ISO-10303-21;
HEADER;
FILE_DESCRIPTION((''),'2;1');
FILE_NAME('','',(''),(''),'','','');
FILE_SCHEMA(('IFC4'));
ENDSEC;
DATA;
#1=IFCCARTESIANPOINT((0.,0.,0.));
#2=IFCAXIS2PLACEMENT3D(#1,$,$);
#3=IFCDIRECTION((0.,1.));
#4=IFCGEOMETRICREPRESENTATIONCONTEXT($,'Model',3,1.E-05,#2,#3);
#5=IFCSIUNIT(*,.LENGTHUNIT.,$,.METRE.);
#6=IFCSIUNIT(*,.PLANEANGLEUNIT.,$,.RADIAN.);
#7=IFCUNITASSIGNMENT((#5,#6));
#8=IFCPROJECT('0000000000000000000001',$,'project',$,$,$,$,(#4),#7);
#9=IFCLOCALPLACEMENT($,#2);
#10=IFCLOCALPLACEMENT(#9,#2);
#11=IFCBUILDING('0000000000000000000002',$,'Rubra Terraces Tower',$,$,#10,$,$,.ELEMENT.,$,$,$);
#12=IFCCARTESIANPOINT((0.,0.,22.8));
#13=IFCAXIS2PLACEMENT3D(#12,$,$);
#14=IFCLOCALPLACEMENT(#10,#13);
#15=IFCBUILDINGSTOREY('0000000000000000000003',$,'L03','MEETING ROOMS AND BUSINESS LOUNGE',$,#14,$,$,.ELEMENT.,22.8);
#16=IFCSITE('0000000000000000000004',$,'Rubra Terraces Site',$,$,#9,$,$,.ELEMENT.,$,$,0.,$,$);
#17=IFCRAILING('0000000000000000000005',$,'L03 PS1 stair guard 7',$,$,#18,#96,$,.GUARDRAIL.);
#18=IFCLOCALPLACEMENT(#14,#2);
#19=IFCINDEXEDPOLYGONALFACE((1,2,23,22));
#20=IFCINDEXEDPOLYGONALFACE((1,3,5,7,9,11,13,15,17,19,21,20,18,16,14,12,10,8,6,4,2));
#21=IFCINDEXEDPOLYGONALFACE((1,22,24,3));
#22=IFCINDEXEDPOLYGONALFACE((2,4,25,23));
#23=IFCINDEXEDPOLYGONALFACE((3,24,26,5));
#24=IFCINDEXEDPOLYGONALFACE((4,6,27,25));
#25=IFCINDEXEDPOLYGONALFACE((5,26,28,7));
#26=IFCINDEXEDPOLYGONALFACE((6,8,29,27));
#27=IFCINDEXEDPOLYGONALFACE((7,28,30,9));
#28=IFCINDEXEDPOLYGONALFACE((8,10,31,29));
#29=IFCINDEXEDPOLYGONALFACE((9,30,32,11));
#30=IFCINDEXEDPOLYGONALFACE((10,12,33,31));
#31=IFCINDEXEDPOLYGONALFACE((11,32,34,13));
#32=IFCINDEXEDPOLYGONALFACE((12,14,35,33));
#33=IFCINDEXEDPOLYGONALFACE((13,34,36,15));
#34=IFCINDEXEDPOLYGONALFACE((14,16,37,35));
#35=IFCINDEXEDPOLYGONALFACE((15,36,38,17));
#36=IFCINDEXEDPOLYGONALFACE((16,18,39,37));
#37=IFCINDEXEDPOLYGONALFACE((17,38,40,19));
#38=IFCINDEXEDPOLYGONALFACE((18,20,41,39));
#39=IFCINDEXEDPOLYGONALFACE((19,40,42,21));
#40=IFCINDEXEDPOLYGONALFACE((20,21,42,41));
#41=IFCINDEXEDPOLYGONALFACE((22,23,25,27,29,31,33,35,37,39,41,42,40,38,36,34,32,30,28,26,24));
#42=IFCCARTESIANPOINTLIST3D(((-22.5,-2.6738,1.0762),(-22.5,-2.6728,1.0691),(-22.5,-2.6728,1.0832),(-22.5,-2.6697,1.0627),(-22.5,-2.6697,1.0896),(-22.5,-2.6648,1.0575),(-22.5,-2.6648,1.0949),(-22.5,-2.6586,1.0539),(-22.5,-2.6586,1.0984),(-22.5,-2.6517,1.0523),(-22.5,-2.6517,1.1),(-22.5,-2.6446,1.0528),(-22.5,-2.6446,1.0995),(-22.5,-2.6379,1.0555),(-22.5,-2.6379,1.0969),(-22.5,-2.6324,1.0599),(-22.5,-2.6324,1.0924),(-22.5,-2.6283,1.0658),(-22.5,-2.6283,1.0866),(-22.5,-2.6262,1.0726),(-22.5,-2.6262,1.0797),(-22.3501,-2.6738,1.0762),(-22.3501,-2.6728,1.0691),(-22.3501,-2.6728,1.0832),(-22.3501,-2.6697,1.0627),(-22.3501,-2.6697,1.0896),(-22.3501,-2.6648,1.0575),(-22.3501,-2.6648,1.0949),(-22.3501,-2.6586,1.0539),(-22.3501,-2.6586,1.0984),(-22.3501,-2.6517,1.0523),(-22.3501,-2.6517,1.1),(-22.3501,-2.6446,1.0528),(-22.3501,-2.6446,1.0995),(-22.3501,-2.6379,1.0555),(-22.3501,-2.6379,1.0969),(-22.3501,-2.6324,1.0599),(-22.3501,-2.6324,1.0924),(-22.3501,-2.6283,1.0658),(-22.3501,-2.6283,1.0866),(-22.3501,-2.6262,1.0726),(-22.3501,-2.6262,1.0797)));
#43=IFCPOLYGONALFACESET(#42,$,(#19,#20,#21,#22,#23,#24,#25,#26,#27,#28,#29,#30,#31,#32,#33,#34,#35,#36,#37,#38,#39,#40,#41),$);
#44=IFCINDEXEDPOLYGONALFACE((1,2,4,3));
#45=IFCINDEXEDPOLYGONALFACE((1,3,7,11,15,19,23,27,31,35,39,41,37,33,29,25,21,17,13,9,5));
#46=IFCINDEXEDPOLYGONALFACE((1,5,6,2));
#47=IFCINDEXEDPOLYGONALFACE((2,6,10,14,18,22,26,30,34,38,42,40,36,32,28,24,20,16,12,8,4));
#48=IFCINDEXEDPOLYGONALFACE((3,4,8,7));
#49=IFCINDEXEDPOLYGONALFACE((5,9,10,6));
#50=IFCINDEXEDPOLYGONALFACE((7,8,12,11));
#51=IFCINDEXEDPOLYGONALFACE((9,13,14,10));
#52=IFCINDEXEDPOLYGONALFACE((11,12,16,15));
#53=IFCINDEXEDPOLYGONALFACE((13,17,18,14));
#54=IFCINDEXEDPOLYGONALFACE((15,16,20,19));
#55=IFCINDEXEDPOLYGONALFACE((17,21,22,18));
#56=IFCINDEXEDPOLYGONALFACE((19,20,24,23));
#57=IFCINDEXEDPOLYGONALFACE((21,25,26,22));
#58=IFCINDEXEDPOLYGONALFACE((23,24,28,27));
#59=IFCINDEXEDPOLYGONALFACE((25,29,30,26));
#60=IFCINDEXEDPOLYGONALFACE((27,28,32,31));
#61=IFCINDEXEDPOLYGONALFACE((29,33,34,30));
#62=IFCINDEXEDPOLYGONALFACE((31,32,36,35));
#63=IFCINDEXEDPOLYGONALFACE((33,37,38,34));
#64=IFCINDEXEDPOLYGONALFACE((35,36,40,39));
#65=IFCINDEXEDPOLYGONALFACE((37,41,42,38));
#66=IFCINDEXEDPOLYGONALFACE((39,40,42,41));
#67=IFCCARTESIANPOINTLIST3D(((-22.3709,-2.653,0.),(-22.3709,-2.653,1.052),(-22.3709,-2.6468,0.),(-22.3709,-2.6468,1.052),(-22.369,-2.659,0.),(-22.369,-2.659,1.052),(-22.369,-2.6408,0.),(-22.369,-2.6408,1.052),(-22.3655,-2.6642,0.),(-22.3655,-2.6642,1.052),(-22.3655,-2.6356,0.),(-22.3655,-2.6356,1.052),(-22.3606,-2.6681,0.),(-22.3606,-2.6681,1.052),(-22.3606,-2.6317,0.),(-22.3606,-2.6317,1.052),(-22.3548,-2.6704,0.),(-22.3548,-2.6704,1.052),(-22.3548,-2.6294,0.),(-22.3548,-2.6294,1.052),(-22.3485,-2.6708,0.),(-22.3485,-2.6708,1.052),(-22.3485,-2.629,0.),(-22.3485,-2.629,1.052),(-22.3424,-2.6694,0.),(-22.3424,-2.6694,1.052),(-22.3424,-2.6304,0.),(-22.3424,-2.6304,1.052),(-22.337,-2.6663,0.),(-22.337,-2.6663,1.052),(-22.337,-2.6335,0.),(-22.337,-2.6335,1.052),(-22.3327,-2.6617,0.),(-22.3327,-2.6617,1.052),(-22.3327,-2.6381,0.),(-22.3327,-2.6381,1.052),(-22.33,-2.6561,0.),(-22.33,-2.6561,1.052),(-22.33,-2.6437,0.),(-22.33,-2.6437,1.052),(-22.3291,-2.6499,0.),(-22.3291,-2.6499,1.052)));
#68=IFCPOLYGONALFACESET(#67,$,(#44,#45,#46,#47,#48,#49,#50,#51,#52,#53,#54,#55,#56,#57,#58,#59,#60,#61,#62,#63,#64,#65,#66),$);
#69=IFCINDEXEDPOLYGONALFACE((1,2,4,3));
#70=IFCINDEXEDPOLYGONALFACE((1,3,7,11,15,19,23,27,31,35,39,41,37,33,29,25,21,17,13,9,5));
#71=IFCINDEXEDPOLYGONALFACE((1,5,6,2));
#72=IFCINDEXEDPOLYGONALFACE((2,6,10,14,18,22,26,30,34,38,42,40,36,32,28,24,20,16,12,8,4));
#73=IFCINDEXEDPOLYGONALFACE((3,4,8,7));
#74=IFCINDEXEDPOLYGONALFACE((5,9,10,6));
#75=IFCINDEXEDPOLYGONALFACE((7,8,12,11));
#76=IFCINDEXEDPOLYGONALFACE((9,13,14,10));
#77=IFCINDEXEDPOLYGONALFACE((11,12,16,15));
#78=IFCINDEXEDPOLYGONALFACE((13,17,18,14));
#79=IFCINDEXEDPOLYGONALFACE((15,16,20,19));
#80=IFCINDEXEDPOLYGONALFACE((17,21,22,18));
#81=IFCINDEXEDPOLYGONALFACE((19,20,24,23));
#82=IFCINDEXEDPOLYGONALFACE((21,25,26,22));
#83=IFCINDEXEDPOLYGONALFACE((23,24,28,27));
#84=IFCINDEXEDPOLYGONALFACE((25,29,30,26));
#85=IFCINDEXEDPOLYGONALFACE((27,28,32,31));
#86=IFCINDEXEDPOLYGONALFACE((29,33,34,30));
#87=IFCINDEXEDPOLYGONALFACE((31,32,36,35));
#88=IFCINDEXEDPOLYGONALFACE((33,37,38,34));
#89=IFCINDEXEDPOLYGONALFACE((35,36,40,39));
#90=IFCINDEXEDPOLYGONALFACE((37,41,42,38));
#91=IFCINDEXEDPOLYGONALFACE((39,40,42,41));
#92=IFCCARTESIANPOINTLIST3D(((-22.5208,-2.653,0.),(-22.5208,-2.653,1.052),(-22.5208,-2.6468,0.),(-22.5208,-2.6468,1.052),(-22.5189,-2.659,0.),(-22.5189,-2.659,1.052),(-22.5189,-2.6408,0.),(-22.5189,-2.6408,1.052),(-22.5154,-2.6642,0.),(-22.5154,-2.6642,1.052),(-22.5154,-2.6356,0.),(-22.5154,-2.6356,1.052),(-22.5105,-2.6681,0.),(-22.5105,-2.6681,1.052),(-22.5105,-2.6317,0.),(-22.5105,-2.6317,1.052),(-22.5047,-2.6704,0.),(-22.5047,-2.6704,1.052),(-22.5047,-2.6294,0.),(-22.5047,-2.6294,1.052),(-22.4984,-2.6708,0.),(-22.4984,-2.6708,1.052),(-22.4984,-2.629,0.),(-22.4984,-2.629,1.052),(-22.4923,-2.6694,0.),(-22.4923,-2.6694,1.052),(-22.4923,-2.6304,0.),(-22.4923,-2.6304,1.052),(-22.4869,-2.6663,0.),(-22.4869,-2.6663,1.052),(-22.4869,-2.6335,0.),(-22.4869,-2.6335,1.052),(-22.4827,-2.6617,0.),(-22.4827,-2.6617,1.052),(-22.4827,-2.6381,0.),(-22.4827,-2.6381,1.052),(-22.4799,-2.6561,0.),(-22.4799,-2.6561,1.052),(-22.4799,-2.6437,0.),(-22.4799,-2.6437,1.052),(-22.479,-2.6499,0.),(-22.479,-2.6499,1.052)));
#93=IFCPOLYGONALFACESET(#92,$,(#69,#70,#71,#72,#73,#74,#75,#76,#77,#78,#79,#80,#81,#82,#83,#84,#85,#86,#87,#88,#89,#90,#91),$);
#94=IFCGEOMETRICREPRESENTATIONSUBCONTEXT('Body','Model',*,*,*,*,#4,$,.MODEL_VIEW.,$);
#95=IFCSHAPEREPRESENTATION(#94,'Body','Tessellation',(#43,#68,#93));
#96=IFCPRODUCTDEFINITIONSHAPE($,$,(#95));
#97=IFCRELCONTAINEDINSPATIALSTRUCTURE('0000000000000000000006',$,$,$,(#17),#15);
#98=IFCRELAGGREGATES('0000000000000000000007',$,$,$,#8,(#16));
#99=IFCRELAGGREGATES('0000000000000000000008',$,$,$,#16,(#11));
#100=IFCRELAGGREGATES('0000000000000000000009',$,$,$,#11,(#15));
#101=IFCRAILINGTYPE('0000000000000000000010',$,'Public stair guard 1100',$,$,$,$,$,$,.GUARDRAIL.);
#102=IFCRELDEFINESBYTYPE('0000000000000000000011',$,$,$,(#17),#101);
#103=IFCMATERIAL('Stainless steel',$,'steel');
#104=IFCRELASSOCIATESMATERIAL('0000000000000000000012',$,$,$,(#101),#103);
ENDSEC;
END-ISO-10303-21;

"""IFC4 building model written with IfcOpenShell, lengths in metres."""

from ifc_helpers import new_model, si_unit, direction, frame, origin, origin_2d, place, context, subcontext, project, spatial, circle, extrude, material, type_object, element, save


model = new_model("IFC4")

# Units and contexts
model_context = context("Model", 3, precision=1e-05, world=origin(), true_north=direction((0.0, 1.0)))
body_context = subcontext(model_context, "Body", "Model", "MODEL_VIEW")
ifc_project = project(units=[si_unit("LENGTHUNIT", "METRE"), si_unit("PLANEANGLEUNIT", "RADIAN")], contexts=[model_context])

# Site, building, storey
site_placement = place(None, origin())
site = spatial("IfcSite", under=ifc_project, at=site_placement, Name="Rubra Terraces Site", CompositionType="ELEMENT", RefElevation=0.0)
building_placement = place(site_placement, origin())
building = spatial("IfcBuilding", under=site, at=building_placement, Name="Rubra Terraces Tower", CompositionType="ELEMENT")
storey_placement = place(building_placement, frame((0.0, 0.0, 22.8)))
storey = spatial("IfcBuildingStorey", under=building, at=storey_placement, Name="L03", Description="MEETING ROOMS AND BUSINESS LOUNGE", CompositionType="ELEMENT", Elevation=22.8)

# Railing
ifc_material_1 = material(Name="Stainless steel", Category="steel")
railing_type = type_object("IfcRailingType", Name="Public stair guard 1100", PredefinedType="GUARDRAIL", material=ifc_material_1)
railing_1_placement = place(storey_placement, frame((-22.3501, -2.6499, 0.0)))
element("IfcRailing", 1, at=railing_1_placement, inside=storey, type_object=railing_type, Name="L03 PS1 stair guard 7", PredefinedType="GUARDRAIL", context=body_context, shape_type="SweptSolid", body=[
    extrude(circle(Radius=0.0239, at=origin_2d()), frame((0.0, 0.0, 1.0762), z_axis=(-1.0, 0.0, 0.0), x_axis=(0.0, -1.0, 0.0)), (0.0, 0.0, 1.0), 0.1499),
    extrude(circle(Radius=0.021, at=origin_2d()), origin(), (0.0, 0.0, 1.0), 1.052),
    extrude(circle(Radius=0.021, at=origin_2d()), frame((-0.1499, 0.0, 0.0)), (0.0, 0.0, 1.0), 1.052),
])

save(model, "model.ifc")
